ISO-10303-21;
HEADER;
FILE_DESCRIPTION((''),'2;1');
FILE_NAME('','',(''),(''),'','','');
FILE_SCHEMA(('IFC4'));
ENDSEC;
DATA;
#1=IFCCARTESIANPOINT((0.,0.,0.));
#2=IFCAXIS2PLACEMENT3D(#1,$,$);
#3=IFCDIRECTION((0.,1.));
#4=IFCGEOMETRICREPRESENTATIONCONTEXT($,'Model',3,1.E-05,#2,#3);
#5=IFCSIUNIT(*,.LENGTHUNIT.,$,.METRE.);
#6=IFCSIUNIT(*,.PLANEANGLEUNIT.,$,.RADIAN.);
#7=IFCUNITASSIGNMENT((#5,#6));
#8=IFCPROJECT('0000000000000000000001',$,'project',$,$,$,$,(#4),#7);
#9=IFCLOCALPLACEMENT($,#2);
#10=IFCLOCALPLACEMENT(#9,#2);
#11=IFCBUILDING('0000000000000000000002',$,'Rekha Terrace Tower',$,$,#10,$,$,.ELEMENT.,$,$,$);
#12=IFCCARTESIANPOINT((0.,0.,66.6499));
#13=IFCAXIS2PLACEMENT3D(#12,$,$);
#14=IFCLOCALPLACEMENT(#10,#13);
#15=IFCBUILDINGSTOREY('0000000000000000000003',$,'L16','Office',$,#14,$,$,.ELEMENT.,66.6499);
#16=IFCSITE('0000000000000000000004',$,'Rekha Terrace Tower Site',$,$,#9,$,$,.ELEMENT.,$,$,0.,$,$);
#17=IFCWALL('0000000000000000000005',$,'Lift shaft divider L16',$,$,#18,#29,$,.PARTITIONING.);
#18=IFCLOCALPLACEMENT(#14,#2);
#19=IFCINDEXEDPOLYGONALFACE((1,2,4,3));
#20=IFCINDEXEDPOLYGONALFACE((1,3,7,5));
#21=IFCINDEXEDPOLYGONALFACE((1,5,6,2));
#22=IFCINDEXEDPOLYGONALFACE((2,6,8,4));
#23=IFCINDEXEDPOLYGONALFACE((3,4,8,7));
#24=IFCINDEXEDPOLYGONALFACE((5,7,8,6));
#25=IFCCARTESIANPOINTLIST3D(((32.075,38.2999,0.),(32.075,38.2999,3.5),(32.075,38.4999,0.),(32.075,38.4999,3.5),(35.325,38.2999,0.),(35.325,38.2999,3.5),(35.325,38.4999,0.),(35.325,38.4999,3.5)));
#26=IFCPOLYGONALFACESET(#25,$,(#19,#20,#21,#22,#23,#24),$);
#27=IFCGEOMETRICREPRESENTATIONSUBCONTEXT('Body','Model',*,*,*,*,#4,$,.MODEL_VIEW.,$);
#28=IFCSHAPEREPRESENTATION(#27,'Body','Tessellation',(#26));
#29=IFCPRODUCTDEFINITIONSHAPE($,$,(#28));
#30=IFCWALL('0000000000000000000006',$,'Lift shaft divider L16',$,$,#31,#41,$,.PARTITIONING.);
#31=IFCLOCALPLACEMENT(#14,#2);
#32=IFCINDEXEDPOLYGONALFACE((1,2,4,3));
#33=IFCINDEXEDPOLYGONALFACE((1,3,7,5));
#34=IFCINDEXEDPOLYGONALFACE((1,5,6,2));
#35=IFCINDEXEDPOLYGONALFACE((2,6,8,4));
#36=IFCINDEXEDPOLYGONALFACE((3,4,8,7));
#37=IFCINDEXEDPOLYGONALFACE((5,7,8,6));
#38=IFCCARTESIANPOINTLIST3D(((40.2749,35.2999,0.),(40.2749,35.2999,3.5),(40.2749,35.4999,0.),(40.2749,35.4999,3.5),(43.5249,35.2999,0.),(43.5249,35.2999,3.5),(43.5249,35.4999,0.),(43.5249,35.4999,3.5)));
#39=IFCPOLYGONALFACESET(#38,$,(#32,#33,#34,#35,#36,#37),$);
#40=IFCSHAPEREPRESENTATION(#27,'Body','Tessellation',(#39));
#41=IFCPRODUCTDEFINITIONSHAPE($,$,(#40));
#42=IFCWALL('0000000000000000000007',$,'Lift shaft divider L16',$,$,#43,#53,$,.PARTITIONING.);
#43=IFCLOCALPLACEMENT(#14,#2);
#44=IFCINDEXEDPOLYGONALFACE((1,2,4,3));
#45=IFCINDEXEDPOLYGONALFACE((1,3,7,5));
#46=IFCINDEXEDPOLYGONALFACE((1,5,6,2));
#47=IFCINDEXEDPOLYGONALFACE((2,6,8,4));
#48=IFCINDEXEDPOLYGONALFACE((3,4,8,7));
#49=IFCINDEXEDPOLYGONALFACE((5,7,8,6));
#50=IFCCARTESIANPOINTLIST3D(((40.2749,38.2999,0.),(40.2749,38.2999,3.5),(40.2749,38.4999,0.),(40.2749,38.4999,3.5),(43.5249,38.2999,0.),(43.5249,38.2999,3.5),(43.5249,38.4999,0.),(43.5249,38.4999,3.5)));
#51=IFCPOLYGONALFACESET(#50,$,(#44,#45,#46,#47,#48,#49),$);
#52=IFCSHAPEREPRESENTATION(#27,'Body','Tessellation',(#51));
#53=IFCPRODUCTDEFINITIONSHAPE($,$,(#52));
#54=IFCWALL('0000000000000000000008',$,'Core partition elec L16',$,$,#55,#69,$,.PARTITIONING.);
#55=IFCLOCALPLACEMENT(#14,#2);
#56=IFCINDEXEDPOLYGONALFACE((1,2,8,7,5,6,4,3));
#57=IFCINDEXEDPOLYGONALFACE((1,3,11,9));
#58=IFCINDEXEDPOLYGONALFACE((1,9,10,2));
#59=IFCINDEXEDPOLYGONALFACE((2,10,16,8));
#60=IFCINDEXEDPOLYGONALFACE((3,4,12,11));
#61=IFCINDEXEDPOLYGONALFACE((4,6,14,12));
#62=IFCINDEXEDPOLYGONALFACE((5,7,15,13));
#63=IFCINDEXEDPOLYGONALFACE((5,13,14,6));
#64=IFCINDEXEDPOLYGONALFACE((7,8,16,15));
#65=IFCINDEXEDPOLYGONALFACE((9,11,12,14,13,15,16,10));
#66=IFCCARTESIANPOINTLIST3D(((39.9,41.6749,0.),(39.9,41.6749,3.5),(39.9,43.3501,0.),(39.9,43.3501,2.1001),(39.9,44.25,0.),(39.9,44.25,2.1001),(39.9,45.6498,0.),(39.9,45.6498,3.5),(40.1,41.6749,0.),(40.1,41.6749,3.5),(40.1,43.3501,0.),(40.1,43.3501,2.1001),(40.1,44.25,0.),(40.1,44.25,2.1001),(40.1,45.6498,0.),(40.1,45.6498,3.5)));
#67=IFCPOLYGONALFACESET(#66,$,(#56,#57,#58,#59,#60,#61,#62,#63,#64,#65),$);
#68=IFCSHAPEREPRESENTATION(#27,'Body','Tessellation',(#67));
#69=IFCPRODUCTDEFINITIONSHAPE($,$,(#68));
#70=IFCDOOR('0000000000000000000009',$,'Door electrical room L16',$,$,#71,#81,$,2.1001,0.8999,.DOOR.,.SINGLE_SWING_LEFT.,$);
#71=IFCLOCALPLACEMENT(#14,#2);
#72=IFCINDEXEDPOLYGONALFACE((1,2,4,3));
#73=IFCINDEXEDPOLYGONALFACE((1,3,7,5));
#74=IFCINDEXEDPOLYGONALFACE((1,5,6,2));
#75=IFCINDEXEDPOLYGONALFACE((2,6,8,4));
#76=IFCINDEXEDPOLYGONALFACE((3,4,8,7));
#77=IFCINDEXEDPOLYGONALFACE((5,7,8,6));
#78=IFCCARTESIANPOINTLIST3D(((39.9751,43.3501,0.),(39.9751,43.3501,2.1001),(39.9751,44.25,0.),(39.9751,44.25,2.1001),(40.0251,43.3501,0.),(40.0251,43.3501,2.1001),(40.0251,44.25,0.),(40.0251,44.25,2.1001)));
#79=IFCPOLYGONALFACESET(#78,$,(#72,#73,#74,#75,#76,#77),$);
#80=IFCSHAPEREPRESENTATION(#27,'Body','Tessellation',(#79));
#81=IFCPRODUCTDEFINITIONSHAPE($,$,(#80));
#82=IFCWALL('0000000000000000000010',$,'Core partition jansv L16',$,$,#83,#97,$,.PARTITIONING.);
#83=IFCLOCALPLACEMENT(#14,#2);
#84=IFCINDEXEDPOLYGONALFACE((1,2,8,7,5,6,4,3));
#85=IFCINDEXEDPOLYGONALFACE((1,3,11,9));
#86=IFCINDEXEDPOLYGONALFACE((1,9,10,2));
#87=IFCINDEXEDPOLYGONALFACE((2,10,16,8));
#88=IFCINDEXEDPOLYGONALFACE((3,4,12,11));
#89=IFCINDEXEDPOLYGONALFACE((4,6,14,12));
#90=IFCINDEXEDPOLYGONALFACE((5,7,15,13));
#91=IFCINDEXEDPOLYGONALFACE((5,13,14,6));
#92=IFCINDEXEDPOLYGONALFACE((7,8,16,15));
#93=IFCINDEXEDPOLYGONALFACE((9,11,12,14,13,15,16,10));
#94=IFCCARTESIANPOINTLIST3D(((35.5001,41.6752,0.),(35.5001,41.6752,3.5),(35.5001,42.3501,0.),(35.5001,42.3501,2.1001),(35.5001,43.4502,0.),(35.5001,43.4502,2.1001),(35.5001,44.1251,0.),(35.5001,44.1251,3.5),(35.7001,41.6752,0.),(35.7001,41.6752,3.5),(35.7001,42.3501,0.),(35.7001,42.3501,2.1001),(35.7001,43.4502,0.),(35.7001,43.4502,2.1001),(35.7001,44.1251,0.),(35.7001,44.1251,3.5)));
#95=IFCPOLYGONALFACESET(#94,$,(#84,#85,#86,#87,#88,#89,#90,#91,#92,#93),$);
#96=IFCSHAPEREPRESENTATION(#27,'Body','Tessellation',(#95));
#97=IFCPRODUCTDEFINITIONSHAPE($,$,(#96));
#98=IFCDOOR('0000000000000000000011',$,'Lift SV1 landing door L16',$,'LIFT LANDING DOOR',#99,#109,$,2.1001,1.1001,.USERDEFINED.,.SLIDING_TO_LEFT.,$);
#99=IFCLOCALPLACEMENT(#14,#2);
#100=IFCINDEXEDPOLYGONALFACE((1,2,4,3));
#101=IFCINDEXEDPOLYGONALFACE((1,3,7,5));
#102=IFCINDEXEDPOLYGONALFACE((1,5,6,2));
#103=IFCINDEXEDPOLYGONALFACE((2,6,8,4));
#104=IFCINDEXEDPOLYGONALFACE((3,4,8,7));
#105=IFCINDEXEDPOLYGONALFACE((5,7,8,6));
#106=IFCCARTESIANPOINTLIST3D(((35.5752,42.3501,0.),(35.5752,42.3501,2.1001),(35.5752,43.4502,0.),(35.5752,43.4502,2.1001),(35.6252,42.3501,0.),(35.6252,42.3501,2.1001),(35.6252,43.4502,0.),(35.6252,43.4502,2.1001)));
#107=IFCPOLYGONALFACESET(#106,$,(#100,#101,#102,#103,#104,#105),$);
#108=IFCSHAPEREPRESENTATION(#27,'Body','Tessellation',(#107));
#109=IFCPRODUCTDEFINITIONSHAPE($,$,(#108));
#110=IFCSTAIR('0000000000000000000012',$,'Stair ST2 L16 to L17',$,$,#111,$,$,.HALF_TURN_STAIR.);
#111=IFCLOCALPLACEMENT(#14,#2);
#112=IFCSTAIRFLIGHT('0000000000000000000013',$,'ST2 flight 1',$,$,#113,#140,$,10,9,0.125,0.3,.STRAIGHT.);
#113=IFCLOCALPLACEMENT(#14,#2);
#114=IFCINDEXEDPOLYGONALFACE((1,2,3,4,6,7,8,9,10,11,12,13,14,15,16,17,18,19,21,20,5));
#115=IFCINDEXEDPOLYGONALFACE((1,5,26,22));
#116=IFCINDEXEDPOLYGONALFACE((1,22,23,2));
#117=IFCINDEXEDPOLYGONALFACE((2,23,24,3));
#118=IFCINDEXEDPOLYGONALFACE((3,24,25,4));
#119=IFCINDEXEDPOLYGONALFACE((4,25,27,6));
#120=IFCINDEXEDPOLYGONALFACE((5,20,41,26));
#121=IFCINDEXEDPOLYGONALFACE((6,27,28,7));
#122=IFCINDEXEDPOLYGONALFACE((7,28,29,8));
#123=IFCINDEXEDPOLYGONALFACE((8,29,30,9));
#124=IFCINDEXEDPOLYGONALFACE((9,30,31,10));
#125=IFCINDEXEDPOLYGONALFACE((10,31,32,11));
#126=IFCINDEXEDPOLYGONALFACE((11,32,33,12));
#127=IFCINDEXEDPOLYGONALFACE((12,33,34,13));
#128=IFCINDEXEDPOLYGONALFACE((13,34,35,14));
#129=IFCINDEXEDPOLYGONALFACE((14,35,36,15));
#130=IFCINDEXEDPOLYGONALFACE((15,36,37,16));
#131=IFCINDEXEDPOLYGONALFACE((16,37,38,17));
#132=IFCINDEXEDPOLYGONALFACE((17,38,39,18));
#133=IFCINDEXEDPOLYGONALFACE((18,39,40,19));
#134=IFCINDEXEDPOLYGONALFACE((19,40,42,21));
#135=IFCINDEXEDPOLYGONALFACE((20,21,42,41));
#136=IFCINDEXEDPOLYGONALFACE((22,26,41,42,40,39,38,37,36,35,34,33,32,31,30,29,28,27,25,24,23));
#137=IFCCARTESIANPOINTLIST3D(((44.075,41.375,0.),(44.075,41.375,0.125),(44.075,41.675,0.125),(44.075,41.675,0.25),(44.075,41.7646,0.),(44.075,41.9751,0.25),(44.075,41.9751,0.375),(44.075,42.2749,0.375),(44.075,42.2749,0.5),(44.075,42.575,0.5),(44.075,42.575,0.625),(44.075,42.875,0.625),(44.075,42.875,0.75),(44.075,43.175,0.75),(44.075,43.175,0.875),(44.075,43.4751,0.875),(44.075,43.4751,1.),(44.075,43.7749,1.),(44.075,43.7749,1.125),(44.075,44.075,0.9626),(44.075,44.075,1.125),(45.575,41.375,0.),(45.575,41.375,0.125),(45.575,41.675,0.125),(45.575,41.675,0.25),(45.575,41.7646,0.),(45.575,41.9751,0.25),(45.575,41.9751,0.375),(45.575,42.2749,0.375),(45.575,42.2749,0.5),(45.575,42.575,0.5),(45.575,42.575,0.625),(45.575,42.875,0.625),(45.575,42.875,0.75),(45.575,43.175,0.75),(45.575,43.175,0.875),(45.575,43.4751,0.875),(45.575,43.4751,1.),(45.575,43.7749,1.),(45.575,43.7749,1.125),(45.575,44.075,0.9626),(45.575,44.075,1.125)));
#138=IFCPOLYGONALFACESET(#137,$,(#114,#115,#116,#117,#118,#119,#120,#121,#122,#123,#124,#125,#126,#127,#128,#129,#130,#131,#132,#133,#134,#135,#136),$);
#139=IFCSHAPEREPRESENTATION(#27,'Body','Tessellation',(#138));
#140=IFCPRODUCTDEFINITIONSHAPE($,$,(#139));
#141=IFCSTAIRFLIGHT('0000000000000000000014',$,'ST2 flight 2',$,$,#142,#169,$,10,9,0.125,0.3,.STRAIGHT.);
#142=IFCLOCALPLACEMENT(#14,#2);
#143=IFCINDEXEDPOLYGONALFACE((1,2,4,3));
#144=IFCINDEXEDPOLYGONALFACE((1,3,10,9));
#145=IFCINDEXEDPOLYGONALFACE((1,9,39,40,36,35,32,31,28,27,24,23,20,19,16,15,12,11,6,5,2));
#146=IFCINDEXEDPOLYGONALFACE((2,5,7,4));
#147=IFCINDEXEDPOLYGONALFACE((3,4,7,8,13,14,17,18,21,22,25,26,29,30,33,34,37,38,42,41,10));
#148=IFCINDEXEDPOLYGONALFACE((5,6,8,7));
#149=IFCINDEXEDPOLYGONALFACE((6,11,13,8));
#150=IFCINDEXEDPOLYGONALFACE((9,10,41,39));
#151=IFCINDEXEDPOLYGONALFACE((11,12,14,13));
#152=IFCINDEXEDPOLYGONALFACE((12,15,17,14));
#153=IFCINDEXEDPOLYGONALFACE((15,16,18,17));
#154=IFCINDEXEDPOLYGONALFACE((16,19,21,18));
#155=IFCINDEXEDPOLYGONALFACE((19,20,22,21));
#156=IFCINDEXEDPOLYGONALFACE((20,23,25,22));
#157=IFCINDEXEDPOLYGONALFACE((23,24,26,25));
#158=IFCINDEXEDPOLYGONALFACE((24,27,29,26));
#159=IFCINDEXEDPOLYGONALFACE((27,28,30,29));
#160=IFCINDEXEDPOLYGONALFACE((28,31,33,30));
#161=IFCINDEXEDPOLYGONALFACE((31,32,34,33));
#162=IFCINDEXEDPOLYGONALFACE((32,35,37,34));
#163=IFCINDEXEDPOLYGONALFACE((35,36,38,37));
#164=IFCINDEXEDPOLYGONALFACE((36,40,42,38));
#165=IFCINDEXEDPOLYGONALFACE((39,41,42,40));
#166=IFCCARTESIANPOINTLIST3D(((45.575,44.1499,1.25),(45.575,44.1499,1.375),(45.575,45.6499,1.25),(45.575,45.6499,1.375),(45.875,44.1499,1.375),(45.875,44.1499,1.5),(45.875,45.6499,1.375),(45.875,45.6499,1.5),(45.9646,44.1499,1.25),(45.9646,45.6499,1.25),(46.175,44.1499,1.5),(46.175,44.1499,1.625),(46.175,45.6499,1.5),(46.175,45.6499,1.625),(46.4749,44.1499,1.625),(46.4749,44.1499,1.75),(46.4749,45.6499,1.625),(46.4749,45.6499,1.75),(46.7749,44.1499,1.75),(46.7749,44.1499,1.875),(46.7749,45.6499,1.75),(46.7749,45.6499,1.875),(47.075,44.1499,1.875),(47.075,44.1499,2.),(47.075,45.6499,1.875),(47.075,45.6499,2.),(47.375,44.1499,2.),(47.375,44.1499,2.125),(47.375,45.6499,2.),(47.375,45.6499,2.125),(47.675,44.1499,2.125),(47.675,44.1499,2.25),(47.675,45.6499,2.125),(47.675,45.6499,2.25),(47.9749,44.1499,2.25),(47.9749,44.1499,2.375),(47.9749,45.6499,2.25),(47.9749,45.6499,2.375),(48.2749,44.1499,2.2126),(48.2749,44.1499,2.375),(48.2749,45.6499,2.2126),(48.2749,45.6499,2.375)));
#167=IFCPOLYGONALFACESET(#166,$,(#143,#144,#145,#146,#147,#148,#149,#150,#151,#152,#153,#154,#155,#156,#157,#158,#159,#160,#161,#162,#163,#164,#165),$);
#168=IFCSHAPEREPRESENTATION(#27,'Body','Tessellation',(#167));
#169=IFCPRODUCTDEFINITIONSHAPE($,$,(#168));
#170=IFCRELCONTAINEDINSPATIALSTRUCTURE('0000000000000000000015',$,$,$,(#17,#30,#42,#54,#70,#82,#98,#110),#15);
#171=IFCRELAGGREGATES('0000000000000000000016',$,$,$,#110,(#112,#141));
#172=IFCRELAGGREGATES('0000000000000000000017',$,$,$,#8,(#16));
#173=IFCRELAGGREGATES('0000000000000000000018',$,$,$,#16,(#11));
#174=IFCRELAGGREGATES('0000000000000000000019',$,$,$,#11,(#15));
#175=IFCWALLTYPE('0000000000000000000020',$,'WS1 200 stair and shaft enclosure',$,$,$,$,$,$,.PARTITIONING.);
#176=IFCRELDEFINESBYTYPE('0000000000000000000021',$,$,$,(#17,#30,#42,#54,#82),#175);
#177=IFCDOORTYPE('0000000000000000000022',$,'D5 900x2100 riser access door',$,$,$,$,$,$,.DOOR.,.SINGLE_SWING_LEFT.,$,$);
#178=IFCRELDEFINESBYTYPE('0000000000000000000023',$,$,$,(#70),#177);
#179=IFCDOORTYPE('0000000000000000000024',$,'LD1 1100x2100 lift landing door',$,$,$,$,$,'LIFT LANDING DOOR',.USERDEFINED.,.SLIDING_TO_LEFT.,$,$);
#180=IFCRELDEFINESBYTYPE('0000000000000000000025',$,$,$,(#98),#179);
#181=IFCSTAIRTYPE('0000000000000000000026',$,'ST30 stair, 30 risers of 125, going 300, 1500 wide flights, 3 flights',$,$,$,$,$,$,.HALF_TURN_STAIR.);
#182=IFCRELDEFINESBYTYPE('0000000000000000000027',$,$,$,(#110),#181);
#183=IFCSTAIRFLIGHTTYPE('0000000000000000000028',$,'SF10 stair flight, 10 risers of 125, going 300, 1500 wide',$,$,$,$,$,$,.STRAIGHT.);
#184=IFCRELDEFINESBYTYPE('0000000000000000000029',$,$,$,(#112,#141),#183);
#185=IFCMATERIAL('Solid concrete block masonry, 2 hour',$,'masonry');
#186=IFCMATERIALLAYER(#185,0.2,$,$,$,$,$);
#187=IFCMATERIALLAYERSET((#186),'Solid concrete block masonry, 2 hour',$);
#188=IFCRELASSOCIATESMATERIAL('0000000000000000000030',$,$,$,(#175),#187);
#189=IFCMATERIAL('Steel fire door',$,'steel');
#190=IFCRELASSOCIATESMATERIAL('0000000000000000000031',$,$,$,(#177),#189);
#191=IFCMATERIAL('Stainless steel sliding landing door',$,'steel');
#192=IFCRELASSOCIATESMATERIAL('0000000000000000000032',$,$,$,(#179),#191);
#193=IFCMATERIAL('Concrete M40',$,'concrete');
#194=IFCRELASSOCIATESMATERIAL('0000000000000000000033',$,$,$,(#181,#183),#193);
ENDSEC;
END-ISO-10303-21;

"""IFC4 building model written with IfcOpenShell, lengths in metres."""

from ifc_helpers import new_model, si_unit, direction, frame, frame_2d, origin, place, context, subcontext, project, spatial, polyline, rectangle, outline, extrude, material, layer, layer_set, type_object, element, fill, aggregate, save


model = new_model("IFC4")

# Units and contexts
model_context = context("Model", 3, precision=1e-05, world=origin(), true_north=direction((0.0, 1.0)))
body_context = subcontext(model_context, "Body", "Model", "MODEL_VIEW")
ifc_project = project(units=[si_unit("LENGTHUNIT", "METRE"), si_unit("PLANEANGLEUNIT", "RADIAN")], contexts=[model_context])

# Site, building, storey
site_placement = place(None, origin())
site = spatial("IfcSite", under=ifc_project, at=site_placement, Name="Rekha Terrace Tower Site", CompositionType="ELEMENT", RefElevation=0.0)
building_placement = place(site_placement, origin())
building = spatial("IfcBuilding", under=site, at=building_placement, Name="Rekha Terrace Tower", CompositionType="ELEMENT")
storey_placement = place(building_placement, frame((0.0, 0.0, 66.6499)))
storey = spatial("IfcBuildingStorey", under=building, at=storey_placement, Name="L16", Description="Office", CompositionType="ELEMENT", Elevation=66.6499)

# Shared definitions
ifc_material_1 = material(Name="Stainless steel sliding landing door", Category="steel")
ifc_material_2 = material(Name="Steel fire door", Category="steel")

# Walls
ifc_material_3 = material(Name="Solid concrete block masonry, 2 hour", Category="masonry")
ifc_layer_1 = layer(ifc_material_3, 0.2)
ifc_layer_set_1 = layer_set([ifc_layer_1], Name="Solid concrete block masonry, 2 hour")
wall_type_1 = type_object("IfcWallType", Name="WS1 200 stair and shaft enclosure", PredefinedType="PARTITIONING", material=ifc_layer_set_1)
for number, where, z_axis, x_axis, name in (
    (1, (32.075, 38.3999, 0.0), (0.0, 0.0, 1.0), (1.0, 0.0, 0.0), "Lift shaft divider L16"),
    (2, (40.2749, 35.3999, 0.0), (0.0, 0.0, 1.0), (1.0, 0.0, 0.0), "Lift shaft divider L16"),
    (3, (40.2749, 38.3999, 0.0), (0.0, 0.0, 1.0), (1.0, 0.0, 0.0), "Lift shaft divider L16"),
):
    element("IfcWall", number, at=place(storey_placement, frame(where, z_axis=z_axis, x_axis=x_axis)), inside=storey, type_object=wall_type_1, Name=name, PredefinedType="PARTITIONING", context=body_context, shape_type="SweptSolid", body=[
        extrude(rectangle(XDim=3.25, YDim=0.2, at=frame_2d((1.625, 0.0))), origin(), (0.0, 0.0, 1.0), 3.5),
    ])

# Walls, openings, doors
wall_1_placement = place(storey_placement, frame((40.0, 41.675, 0.0), z_axis=(0.0, 0.0, 1.0), x_axis=(0.0, 1.0, 0.0)))
wall_1 = element("IfcWall", 4, at=wall_1_placement, inside=storey, type_object=wall_type_1, Name="Core partition elec L16", PredefinedType="PARTITIONING", context=body_context, shape_type="SweptSolid", body=[
    extrude(rectangle(XDim=3.9749, YDim=0.2, at=frame_2d((1.9873, 0.0))), origin(), (0.0, 0.0, 1.0), 3.5),
])
opening_1_placement = place(wall_1_placement, frame((1.675, 0.0, 0.0)))
opening_1 = element("IfcOpeningElement", 5, at=opening_1_placement, cuts=wall_1, PredefinedType="OPENING", context=body_context, shape_type="SweptSolid", body=[
    extrude(rectangle(XDim=0.8999, YDim=2.1001, at=frame_2d((0.45, 1.05))), frame((0.0, 0.1099, 0.0), z_axis=(0.0, -1.0, 0.0), x_axis=(1.0, 0.0, 0.0)), (0.0, 0.0, 1.0), 0.22),
])
door_type_1 = type_object("IfcDoorType", Name="D5 900x2100 riser access door", OperationType="SINGLE_SWING_LEFT", PredefinedType="DOOR", material=ifc_material_2)
door_1_placement = place(opening_1_placement, origin())
door_1 = element("IfcDoor", 6, at=door_1_placement, inside=storey, type_object=door_type_1, Name="Door electrical room L16", OperationType="SINGLE_SWING_LEFT", OverallHeight=2.1001, OverallWidth=0.8999, PredefinedType="DOOR", context=body_context, shape_type="SweptSolid", body=[
    extrude(rectangle(XDim=0.8999, YDim=2.1001, at=frame_2d((0.45, 1.05))), frame((0.0, 0.0249, 0.0), z_axis=(0.0, -1.0, 0.0), x_axis=(1.0, 0.0, 0.0)), (0.0, 0.0, 1.0), 0.05),
])
fill(opening_1, door_1)
wall_2_placement = place(storey_placement, frame((35.6001, 41.675, 0.0), z_axis=(0.0, 0.0, 1.0), x_axis=(0.0, 1.0, 0.0)))
wall_2 = element("IfcWall", 7, at=wall_2_placement, inside=storey, type_object=wall_type_1, Name="Core partition jansv L16", PredefinedType="PARTITIONING", context=body_context, shape_type="SweptSolid", body=[
    extrude(rectangle(XDim=2.45, YDim=0.2, at=frame_2d((1.2251, 0.0))), origin(), (0.0, 0.0, 1.0), 3.5),
])
opening_2_placement = place(wall_2_placement, frame((0.675, 0.0, 0.0)))
opening_2 = element("IfcOpeningElement", 8, at=opening_2_placement, cuts=wall_2, PredefinedType="OPENING", context=body_context, shape_type="SweptSolid", body=[
    extrude(rectangle(XDim=1.1001, YDim=2.1001, at=frame_2d((0.55, 1.05))), frame((0.0, 0.1099, 0.0), z_axis=(0.0, -1.0, 0.0), x_axis=(1.0, 0.0, 0.0)), (0.0, 0.0, 1.0), 0.22),
])
door_type_2 = type_object("IfcDoorType", Name="LD1 1100x2100 lift landing door", ElementType="LIFT LANDING DOOR", OperationType="SLIDING_TO_LEFT", PredefinedType="USERDEFINED", material=ifc_material_1)
door_2_placement = place(opening_2_placement, origin())
door_2 = element("IfcDoor", 9, at=door_2_placement, inside=storey, type_object=door_type_2, Name="Lift SV1 landing door L16", ObjectType="LIFT LANDING DOOR", OperationType="SLIDING_TO_LEFT", OverallHeight=2.1001, OverallWidth=1.1001, PredefinedType="USERDEFINED", context=body_context, shape_type="SweptSolid", body=[
    extrude(rectangle(XDim=1.1001, YDim=2.1001, at=frame_2d((0.55, 1.05))), frame((0.0, 0.0249, 0.0), z_axis=(0.0, -1.0, 0.0), x_axis=(1.0, 0.0, 0.0)), (0.0, 0.0, 1.0), 0.05),
])
fill(opening_2, door_2)

# Stair, stair flights
ifc_material_4 = material(Name="Concrete M40", Category="concrete")
stair_type = type_object("IfcStairType", Name="ST30 stair, 30 risers of 125, going 300, 1500 wide flights, 3 flights", PredefinedType="HALF_TURN_STAIR", material=ifc_material_4)
stair_placement = place(storey_placement, origin())
stair = element("IfcStair", 10, at=stair_placement, inside=storey, type_object=stair_type, Name="Stair ST2 L16 to L17", PredefinedType="HALF_TURN_STAIR")
stair_flight_type = type_object("IfcStairFlightType", Name="SF10 stair flight, 10 risers of 125, going 300, 1500 wide", PredefinedType="STRAIGHT", material=ifc_material_4)
stair_flight_1_placement = place(storey_placement, frame((44.825, 41.375, 0.0), z_axis=(0.0, 0.0, 1.0), x_axis=(0.0, 1.0, 0.0)))
stair_flight_1 = element("IfcStairFlight", 11, at=stair_flight_1_placement, type_object=stair_flight_type, Name="ST2 flight 1", NumberOfRisers=10, NumberOfTreads=9, PredefinedType="STRAIGHT", RiserHeight=0.125, TreadLength=0.3, context=body_context, shape_type="SweptSolid", body=[
    extrude(outline(polyline([(0.0, 0.0), (0.0, 0.125), (0.3, 0.125), (0.3, 0.25), (0.6001, 0.25), (0.6001, 0.375), (0.8999, 0.375), (0.8999, 0.5), (1.2, 0.5), (1.2, 0.625), (1.5, 0.625), (1.5, 0.75), (1.8, 0.75), (1.8, 0.875), (2.1001, 0.875), (2.1001, 1.0), (2.3999, 1.0), (2.3999, 1.125), (2.7, 1.125), (2.7, 1.25), (2.7, 0.9626), (0.3896, 0.0), (0.0, 0.0)])), frame((0.0, 0.75, 0.0), z_axis=(0.0, -1.0, 0.0), x_axis=(1.0, 0.0, 0.0)), (0.0, 0.0, 1.0), 1.5),
])
stair_flight_2_placement = place(storey_placement, frame((45.575, 44.8999, 1.25), z_axis=(0.0, 0.0, 1.0), x_axis=(1.0, 0.0, 0.0)))
stair_flight_2 = element("IfcStairFlight", 12, at=stair_flight_2_placement, type_object=stair_flight_type, Name="ST2 flight 2", NumberOfRisers=10, NumberOfTreads=9, PredefinedType="STRAIGHT", RiserHeight=0.125, TreadLength=0.3, context=body_context, shape_type="SweptSolid", body=[
    extrude(outline(polyline([(0.0, 0.0), (0.0, 0.125), (0.3, 0.125), (0.3, 0.25), (0.6001, 0.25), (0.6001, 0.375), (0.8999, 0.375), (0.8999, 0.5), (1.2, 0.5), (1.2, 0.625), (1.5, 0.625), (1.5, 0.75), (1.8, 0.75), (1.8, 0.875), (2.1001, 0.875), (2.1001, 1.0), (2.3999, 1.0), (2.3999, 1.125), (2.7, 1.125), (2.7, 1.25), (2.7, 0.9626), (0.3896, 0.0), (0.0, 0.0)])), frame((0.0, 0.75, 0.0), z_axis=(0.0, -1.0, 0.0), x_axis=(1.0, 0.0, 0.0)), (0.0, 0.0, 1.0), 1.5),
])
aggregate(stair, [stair_flight_1, stair_flight_2])

save(model, "model.ifc")
